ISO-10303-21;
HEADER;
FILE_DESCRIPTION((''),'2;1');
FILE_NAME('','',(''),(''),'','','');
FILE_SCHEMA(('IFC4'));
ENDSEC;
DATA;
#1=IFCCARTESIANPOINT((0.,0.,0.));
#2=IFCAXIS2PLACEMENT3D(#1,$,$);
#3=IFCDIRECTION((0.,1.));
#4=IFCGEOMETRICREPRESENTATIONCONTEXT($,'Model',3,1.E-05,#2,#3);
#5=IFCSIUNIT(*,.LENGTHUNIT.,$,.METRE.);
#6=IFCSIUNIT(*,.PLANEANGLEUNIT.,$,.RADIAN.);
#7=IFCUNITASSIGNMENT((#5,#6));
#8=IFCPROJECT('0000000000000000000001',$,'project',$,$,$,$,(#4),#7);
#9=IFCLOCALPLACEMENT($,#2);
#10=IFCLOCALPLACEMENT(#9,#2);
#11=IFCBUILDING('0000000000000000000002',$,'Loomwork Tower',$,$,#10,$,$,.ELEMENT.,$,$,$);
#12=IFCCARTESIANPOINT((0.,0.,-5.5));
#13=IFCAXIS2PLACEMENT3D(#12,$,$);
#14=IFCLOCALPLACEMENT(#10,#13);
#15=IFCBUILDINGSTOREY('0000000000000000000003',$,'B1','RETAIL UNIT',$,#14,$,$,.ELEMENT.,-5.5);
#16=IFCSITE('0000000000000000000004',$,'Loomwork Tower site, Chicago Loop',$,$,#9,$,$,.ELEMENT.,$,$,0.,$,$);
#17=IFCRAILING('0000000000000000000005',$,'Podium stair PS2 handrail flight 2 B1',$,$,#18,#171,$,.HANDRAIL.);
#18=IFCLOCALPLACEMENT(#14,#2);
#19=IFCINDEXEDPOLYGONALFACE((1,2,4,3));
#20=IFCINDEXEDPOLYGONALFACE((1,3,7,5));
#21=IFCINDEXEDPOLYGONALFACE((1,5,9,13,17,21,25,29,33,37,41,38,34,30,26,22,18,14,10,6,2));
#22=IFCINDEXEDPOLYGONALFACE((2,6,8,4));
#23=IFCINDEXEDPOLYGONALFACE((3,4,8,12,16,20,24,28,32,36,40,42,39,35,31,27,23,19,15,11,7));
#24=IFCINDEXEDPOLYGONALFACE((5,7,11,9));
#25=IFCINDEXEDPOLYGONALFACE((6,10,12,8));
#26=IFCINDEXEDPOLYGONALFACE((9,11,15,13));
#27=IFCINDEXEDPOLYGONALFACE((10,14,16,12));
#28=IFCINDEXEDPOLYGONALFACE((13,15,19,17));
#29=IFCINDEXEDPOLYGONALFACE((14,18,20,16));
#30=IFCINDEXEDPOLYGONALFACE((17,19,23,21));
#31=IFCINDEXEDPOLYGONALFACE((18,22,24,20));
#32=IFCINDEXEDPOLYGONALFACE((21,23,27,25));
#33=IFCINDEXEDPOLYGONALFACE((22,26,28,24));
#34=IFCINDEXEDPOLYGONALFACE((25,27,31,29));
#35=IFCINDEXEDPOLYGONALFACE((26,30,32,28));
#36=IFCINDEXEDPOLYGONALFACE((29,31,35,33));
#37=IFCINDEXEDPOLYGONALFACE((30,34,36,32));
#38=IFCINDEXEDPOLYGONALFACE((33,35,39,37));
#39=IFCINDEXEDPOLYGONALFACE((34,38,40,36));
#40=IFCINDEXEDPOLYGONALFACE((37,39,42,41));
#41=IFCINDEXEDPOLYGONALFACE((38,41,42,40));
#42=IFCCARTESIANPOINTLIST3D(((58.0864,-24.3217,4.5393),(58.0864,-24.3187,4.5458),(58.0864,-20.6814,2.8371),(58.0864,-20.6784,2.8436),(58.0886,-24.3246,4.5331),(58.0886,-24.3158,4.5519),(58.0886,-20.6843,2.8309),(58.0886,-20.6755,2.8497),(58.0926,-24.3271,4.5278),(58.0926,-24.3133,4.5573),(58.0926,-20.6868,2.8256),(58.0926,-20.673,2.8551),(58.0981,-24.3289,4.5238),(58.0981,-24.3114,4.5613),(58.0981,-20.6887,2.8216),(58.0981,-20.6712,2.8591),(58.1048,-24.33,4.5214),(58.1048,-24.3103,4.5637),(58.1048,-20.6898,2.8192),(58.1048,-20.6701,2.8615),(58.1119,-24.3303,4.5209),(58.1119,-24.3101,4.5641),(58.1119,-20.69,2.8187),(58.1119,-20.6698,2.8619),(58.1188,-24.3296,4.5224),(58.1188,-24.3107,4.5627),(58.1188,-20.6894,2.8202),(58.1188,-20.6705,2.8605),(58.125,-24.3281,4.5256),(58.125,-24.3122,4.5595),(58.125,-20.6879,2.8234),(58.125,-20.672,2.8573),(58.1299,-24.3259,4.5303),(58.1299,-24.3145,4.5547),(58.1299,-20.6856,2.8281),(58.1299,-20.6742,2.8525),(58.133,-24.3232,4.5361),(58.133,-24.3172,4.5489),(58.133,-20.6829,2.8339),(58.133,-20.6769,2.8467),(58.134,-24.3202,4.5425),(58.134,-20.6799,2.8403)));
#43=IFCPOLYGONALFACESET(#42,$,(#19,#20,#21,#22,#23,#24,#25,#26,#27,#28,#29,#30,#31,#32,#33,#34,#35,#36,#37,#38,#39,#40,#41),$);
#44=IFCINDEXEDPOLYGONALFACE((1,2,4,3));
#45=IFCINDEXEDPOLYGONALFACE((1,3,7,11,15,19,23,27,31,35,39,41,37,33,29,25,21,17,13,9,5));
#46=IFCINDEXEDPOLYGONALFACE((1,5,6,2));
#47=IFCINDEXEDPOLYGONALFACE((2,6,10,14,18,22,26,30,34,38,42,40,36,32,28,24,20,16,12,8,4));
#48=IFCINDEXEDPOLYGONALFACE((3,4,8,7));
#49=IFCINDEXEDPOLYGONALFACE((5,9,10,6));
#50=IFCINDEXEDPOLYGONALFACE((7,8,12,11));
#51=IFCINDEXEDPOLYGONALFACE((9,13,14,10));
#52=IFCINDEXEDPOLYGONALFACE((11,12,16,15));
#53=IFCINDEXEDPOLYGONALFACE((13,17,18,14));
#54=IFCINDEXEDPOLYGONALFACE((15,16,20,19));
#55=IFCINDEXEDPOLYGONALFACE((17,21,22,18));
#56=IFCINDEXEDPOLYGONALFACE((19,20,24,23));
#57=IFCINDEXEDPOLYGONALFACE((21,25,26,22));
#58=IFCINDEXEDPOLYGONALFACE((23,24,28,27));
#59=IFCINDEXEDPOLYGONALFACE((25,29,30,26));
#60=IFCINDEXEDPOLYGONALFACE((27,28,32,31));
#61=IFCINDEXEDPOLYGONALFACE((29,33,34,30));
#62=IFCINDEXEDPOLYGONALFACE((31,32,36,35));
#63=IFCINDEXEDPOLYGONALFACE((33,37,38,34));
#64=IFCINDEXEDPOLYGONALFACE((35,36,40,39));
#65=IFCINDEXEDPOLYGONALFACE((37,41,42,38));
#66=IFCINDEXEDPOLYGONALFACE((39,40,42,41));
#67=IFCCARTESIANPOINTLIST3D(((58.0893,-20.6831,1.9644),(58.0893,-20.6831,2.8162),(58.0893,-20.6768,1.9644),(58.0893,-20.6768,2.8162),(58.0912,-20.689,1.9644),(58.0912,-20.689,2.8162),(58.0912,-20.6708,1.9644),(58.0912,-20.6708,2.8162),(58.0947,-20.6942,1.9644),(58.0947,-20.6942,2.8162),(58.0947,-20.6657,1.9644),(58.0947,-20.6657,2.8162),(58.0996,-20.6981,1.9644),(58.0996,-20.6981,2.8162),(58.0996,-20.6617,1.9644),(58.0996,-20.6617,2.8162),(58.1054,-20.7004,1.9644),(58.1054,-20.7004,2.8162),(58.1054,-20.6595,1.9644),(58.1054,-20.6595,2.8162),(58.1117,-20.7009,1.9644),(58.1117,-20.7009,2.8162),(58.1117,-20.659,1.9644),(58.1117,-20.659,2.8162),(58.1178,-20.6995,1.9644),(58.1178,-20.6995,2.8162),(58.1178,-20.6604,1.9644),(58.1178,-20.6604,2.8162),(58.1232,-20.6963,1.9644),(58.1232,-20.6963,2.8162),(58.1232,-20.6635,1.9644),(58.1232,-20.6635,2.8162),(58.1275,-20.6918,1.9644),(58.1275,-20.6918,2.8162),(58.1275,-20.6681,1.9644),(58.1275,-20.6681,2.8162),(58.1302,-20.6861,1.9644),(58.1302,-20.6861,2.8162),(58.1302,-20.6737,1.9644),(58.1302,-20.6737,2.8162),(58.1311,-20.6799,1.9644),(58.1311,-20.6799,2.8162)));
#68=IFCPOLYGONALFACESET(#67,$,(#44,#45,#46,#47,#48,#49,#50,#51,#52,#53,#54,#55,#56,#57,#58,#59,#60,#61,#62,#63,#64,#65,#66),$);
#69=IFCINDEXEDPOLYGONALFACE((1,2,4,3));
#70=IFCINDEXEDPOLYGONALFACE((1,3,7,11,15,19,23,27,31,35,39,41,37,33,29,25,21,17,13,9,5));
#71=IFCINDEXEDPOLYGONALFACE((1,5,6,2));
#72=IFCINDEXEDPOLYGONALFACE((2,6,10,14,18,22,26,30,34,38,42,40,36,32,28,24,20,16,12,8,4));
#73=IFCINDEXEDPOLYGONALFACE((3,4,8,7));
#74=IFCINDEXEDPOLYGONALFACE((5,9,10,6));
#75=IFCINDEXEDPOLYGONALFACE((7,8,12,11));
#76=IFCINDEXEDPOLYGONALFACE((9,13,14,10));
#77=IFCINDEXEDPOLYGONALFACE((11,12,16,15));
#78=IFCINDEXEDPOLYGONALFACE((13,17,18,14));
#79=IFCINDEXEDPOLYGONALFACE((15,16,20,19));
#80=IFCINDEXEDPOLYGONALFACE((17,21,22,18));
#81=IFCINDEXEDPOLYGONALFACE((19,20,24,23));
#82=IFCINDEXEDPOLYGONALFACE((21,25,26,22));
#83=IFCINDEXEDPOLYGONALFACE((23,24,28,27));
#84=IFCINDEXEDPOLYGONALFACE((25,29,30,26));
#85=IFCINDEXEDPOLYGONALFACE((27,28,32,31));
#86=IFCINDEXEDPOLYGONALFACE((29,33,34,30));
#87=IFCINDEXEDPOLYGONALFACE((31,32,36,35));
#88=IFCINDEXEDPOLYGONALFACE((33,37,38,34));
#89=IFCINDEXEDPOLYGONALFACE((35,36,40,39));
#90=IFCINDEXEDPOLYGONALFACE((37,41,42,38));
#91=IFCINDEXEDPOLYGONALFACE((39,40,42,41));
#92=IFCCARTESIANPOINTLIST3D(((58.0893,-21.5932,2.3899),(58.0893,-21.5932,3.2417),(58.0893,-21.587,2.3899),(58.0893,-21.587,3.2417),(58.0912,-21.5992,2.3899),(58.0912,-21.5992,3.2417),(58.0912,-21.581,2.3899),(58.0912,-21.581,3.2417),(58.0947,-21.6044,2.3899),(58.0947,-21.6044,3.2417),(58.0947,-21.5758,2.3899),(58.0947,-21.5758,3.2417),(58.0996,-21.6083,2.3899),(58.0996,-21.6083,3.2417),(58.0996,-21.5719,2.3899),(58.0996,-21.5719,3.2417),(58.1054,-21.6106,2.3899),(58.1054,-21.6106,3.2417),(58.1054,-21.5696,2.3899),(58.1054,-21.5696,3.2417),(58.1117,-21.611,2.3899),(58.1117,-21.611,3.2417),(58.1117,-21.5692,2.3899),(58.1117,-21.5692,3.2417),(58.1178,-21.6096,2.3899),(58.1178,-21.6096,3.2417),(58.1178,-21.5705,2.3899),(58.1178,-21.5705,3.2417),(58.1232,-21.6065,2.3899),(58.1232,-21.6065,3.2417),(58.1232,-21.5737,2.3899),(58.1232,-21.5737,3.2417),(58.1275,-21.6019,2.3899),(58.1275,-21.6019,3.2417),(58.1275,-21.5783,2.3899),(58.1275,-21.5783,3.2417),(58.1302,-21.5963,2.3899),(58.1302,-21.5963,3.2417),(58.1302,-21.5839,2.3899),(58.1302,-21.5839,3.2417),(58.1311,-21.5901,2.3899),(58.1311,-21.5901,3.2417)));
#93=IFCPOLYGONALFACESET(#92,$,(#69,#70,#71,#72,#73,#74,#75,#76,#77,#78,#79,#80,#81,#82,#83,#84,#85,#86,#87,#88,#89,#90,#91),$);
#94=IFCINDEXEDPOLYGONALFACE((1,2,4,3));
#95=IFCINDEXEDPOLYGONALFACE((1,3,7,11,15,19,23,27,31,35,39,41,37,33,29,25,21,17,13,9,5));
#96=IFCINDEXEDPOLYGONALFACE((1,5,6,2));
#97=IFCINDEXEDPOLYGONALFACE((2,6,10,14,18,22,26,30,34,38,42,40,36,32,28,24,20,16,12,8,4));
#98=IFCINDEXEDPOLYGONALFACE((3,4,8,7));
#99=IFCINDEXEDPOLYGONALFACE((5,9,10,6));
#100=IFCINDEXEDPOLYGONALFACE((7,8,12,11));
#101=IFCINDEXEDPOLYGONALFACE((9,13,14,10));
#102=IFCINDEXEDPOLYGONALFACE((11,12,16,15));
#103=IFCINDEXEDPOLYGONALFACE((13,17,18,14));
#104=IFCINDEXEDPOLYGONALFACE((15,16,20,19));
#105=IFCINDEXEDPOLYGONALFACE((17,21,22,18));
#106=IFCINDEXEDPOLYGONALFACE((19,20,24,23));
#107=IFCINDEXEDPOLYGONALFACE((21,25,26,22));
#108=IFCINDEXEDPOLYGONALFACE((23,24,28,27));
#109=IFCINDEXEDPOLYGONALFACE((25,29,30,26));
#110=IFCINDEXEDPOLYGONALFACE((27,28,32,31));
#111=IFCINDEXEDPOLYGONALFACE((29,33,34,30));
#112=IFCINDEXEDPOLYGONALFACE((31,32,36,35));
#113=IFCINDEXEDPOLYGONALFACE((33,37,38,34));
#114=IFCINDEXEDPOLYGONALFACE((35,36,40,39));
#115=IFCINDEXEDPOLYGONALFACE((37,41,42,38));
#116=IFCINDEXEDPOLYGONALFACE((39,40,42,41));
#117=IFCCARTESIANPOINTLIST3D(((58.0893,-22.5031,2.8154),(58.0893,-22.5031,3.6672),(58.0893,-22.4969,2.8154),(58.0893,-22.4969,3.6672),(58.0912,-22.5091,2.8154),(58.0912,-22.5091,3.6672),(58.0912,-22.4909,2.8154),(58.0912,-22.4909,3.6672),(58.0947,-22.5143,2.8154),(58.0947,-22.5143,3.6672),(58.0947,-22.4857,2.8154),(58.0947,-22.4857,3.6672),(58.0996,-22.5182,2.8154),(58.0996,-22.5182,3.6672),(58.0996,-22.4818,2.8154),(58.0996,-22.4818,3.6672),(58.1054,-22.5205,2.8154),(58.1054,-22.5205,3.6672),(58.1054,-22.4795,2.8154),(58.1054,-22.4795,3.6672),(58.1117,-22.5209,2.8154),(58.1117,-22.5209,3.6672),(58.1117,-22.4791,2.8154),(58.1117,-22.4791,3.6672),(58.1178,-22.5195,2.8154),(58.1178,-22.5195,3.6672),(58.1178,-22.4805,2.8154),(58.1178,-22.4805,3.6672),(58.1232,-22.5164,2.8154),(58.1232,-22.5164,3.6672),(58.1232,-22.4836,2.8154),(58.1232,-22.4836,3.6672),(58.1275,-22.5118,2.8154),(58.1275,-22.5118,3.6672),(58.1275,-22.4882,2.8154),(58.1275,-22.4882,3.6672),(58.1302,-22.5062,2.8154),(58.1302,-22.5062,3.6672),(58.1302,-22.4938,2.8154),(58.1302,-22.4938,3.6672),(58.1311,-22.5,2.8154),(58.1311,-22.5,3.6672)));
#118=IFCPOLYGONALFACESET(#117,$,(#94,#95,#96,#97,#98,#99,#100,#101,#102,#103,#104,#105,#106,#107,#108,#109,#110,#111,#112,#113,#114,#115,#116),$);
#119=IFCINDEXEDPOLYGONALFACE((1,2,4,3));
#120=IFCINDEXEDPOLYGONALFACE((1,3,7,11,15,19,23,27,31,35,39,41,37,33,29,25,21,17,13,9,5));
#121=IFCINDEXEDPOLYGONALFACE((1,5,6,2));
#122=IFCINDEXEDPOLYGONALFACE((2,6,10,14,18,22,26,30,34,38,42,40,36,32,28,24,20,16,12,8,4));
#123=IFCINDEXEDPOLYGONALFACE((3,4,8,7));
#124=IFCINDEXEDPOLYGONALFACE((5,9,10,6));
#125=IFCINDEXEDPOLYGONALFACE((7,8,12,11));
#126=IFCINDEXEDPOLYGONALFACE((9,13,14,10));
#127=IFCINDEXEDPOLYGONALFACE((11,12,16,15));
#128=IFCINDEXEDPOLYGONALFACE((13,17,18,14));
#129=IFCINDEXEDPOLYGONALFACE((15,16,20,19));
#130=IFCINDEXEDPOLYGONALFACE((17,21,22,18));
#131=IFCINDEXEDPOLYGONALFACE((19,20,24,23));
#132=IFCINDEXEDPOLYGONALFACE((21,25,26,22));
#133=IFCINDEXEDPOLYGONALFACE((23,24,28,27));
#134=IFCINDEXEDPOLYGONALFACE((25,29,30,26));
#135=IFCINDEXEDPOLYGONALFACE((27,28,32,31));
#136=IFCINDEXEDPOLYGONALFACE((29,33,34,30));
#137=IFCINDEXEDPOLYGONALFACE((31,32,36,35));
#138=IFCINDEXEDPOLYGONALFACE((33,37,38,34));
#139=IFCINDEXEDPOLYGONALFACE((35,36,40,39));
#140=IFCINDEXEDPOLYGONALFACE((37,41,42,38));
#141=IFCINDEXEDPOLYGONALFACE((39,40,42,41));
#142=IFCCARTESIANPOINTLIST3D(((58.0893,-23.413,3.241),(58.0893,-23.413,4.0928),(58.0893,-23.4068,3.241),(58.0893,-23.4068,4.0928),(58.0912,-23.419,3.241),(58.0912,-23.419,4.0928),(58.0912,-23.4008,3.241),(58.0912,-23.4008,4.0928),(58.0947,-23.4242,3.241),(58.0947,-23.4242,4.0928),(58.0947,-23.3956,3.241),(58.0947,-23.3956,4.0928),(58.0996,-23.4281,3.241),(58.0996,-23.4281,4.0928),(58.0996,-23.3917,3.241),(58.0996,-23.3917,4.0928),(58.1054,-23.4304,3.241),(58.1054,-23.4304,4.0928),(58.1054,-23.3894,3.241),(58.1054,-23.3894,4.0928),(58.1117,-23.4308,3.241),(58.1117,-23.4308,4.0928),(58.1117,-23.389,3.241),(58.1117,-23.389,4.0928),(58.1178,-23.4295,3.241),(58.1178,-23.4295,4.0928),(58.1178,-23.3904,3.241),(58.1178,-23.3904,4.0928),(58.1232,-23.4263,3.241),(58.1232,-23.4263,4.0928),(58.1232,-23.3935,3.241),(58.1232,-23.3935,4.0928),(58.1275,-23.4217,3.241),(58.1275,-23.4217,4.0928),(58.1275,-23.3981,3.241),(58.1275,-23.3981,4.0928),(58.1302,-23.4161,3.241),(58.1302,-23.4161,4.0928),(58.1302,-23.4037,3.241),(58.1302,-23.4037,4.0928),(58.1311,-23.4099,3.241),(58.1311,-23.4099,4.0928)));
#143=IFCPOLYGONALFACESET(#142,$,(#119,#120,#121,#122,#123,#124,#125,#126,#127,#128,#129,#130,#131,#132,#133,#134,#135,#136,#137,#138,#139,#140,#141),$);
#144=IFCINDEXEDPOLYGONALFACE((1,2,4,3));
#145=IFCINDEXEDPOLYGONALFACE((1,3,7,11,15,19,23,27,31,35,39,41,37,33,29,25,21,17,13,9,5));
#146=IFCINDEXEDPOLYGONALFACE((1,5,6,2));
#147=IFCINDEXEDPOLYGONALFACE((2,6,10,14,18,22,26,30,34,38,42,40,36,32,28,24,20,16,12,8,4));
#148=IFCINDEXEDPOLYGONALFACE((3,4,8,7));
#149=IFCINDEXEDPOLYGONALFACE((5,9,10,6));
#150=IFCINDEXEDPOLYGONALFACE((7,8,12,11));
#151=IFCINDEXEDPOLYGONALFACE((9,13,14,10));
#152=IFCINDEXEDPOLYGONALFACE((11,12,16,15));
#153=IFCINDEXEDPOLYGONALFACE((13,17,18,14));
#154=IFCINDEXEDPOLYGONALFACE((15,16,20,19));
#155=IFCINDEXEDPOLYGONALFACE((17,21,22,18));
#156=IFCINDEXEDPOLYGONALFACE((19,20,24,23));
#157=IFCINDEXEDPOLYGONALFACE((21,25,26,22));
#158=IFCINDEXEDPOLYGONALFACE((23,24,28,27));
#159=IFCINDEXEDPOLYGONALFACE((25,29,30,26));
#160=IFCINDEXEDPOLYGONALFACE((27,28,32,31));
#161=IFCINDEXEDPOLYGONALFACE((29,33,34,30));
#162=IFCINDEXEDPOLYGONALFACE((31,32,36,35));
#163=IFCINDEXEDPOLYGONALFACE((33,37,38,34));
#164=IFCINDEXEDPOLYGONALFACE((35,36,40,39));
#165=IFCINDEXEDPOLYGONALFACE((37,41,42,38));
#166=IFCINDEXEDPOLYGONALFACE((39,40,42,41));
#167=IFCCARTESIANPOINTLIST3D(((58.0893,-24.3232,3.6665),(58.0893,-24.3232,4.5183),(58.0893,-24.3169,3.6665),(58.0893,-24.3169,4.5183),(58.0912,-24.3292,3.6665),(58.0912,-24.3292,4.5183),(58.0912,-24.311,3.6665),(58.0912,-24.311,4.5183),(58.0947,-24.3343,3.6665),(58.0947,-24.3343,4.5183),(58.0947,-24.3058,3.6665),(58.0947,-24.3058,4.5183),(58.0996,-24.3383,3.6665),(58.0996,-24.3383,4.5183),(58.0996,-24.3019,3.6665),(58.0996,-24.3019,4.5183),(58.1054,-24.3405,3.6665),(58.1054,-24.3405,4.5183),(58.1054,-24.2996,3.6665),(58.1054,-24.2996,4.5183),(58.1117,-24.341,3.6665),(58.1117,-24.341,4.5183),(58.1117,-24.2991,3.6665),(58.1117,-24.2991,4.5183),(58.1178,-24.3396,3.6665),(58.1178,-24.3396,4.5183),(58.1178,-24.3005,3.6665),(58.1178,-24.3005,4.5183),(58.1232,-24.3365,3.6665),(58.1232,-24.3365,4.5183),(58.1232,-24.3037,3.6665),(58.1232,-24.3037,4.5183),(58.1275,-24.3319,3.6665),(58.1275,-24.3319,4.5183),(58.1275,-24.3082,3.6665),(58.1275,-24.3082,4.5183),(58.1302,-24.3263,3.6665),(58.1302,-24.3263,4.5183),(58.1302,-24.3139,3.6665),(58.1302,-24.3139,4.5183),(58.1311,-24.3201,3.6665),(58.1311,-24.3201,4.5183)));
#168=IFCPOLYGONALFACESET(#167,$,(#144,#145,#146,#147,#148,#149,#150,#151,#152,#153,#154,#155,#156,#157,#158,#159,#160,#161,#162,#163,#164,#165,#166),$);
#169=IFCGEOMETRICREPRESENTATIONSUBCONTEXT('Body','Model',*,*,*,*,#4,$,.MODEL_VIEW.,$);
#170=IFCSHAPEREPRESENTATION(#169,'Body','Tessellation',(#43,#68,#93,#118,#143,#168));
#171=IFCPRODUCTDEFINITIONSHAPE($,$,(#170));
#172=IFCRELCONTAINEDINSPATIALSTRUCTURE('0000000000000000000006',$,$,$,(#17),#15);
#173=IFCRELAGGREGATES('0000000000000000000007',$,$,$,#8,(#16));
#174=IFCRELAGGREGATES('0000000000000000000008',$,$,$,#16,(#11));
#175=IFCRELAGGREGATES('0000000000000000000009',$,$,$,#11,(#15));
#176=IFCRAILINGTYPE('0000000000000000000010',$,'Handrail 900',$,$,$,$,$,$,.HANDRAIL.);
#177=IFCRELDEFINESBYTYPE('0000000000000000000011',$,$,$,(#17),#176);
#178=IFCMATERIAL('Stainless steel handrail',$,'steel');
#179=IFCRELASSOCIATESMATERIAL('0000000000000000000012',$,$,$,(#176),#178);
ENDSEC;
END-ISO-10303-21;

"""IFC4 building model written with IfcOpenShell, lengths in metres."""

from ifc_helpers import new_model, si_unit, direction, frame, origin, origin_2d, place, context, subcontext, project, spatial, circle, extrude, material, type_object, element, save


model = new_model("IFC4")

# Units and contexts
model_context = context("Model", 3, precision=1e-05, world=origin(), true_north=direction((0.0, 1.0)))
body_context = subcontext(model_context, "Body", "Model", "MODEL_VIEW")
ifc_project = project(units=[si_unit("LENGTHUNIT", "METRE"), si_unit("PLANEANGLEUNIT", "RADIAN")], contexts=[model_context])

# Site, building, storey
site_placement = place(None, origin())
site = spatial("IfcSite", under=ifc_project, at=site_placement, Name="Loomwork Tower site, Chicago Loop", CompositionType="ELEMENT", RefElevation=0.0)
building_placement = place(site_placement, origin())
building = spatial("IfcBuilding", under=site, at=building_placement, Name="Loomwork Tower", CompositionType="ELEMENT")
storey_placement = place(building_placement, frame((0.0, 0.0, -5.5)))
storey = spatial("IfcBuildingStorey", under=building, at=storey_placement, Name="B1", Description="RETAIL UNIT", CompositionType="ELEMENT", Elevation=-5.5)

# Railing
ifc_material_1 = material(Name="Stainless steel handrail", Category="steel")
railing_type = type_object("IfcRailingType", Name="Handrail 900", PredefinedType="HANDRAIL", material=ifc_material_1)
railing_1_placement = place(storey_placement, frame((58.1101, -20.6799, 1.9644)))
element("IfcRailing", 1, at=railing_1_placement, inside=storey, type_object=railing_type, Name="Podium stair PS2 handrail flight 2 B1", PredefinedType="HANDRAIL", context=body_context, shape_type="SweptSolid", body=[
    extrude(circle(Radius=0.0239, at=origin_2d()), frame((0.0, 0.0, 0.876), z_axis=(0.0, -0.905857, 0.423584), x_axis=(1.0, 0.0, 0.0)), (0.0, 0.0, 1.0), 4.0186),
    extrude(circle(Radius=0.021, at=origin_2d()), origin(), (0.0, 0.0, 1.0), 0.8518),
    extrude(circle(Radius=0.021, at=origin_2d()), frame((0.0, -0.9102, 0.4255)), (0.0, 0.0, 1.0), 0.8518),
    extrude(circle(Radius=0.021, at=origin_2d()), frame((0.0, -1.8201, 0.8511)), (0.0, 0.0, 1.0), 0.8518),
    extrude(circle(Radius=0.021, at=origin_2d()), frame((0.0, -2.73, 1.2766)), (0.0, 0.0, 1.0), 0.8518),
    extrude(circle(Radius=0.021, at=origin_2d()), frame((0.0, -3.6401, 1.7021)), (0.0, 0.0, 1.0), 0.8518),
])

save(model, "model.ifc")
